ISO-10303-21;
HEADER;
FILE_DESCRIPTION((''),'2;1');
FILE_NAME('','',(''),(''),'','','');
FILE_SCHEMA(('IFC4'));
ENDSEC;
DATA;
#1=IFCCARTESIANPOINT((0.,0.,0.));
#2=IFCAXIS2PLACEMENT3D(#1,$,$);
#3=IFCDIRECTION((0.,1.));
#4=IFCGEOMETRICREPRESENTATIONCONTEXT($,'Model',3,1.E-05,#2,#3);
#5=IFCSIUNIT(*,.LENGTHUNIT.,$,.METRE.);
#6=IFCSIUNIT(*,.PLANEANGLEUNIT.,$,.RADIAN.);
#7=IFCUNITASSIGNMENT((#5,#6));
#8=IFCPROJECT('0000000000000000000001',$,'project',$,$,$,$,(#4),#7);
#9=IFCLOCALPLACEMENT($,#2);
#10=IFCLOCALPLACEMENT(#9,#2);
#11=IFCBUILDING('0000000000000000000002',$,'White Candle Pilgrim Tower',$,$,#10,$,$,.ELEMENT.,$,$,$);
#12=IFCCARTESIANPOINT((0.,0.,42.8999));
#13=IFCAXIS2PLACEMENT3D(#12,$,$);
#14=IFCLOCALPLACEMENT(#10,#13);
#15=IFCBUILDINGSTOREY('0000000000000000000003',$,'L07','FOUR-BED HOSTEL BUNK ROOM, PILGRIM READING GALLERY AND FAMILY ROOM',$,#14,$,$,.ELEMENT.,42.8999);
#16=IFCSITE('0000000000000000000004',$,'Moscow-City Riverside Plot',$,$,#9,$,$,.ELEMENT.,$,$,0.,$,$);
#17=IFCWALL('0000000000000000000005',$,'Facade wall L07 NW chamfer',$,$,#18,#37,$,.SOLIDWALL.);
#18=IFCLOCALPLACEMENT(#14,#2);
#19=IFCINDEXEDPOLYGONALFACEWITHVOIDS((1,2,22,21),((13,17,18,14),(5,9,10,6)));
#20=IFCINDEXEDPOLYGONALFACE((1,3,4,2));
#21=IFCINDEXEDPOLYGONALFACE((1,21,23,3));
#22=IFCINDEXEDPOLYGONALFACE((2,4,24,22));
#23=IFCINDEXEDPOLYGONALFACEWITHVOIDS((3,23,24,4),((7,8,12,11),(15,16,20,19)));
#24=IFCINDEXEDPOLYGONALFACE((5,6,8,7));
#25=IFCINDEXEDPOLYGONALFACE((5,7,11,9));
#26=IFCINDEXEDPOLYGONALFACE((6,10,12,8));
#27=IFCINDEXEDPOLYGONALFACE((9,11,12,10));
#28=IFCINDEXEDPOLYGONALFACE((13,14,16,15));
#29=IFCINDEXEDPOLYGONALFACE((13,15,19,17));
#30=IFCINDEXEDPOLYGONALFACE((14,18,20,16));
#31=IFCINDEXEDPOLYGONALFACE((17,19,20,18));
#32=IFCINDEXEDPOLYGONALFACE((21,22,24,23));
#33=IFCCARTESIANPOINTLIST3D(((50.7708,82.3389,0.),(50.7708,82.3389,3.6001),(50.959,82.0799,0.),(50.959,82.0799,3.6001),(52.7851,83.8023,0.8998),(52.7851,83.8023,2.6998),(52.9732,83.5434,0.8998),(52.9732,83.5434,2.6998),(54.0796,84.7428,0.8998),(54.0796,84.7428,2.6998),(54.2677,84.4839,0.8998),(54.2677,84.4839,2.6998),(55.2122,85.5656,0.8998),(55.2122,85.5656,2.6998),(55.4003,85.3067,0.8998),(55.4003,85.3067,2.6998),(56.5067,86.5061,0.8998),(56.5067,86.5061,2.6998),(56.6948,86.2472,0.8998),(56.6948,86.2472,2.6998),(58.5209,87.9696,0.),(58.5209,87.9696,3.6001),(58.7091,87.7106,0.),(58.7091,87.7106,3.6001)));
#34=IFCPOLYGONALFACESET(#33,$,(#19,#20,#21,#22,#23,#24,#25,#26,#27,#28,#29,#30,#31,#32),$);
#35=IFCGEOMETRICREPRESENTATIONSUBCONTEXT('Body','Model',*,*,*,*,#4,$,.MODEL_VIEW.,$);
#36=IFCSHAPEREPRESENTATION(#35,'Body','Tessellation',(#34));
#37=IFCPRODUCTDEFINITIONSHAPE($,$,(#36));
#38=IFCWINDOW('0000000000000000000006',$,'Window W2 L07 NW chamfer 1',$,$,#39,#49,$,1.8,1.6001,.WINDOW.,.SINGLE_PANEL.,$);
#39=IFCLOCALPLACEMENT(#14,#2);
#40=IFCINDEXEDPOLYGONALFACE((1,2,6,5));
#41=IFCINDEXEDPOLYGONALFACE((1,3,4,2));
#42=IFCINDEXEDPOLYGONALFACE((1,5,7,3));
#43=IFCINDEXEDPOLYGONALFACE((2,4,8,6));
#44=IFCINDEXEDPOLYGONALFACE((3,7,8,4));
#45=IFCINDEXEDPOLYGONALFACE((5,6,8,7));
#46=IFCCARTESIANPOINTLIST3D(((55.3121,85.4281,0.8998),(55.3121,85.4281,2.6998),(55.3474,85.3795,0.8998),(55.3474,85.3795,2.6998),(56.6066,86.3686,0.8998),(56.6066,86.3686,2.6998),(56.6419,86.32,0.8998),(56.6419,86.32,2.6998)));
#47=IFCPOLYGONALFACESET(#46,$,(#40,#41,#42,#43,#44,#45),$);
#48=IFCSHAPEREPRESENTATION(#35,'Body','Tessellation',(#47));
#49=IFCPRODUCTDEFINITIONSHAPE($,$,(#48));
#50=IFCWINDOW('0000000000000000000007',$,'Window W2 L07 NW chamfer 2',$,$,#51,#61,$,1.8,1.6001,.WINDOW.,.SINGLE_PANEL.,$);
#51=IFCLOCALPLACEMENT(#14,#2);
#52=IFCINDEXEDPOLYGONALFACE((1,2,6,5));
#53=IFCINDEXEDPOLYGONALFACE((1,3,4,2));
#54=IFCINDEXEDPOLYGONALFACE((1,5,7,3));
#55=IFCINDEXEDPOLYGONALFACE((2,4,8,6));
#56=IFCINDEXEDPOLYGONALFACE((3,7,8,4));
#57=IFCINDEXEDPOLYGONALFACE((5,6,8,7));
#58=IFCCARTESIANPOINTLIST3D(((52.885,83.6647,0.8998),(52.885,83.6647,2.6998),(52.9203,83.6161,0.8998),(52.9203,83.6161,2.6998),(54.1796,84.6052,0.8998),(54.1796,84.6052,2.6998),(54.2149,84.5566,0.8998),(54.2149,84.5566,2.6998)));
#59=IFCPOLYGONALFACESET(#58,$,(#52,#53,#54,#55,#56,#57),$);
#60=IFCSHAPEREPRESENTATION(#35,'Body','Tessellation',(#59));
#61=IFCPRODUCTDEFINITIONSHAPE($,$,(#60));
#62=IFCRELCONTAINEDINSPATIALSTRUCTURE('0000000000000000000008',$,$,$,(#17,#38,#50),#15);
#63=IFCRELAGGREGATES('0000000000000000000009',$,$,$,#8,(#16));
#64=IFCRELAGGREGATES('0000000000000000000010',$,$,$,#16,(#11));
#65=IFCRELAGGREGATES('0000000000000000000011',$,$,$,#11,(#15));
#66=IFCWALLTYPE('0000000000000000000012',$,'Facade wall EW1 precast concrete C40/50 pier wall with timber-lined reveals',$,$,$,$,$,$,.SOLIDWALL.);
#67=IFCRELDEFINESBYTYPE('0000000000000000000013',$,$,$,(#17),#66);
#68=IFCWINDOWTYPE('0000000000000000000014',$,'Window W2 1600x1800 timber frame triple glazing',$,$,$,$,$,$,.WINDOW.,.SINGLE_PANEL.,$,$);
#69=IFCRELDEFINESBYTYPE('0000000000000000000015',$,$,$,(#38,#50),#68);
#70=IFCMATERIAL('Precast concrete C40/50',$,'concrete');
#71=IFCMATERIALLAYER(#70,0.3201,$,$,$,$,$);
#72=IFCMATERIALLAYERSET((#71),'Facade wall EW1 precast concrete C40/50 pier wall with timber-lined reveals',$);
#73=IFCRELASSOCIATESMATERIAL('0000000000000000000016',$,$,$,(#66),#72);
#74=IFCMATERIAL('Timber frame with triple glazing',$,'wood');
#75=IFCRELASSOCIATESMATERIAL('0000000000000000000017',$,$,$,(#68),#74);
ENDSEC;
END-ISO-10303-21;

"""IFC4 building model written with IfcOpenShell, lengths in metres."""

from ifc_helpers import new_model, si_unit, direction, frame, frame_2d, origin, place, context, subcontext, project, spatial, rectangle, extrude, material, layer, layer_set, type_object, element, fill, save


model = new_model("IFC4")

# Units and contexts
model_context = context("Model", 3, precision=1e-05, world=origin(), true_north=direction((0.0, 1.0)))
body_context = subcontext(model_context, "Body", "Model", "MODEL_VIEW")
ifc_project = project(units=[si_unit("LENGTHUNIT", "METRE"), si_unit("PLANEANGLEUNIT", "RADIAN")], contexts=[model_context])

# Site, building, storey
site_placement = place(None, origin())
site = spatial("IfcSite", under=ifc_project, at=site_placement, Name="Moscow-City Riverside Plot", CompositionType="ELEMENT", RefElevation=0.0)
building_placement = place(site_placement, origin())
building = spatial("IfcBuilding", under=site, at=building_placement, Name="White Candle Pilgrim Tower", CompositionType="ELEMENT")
storey_placement = place(building_placement, frame((0.0, 0.0, 42.8999)))
storey = spatial("IfcBuildingStorey", under=building, at=storey_placement, Name="L07", Description="FOUR-BED HOSTEL BUNK ROOM, PILGRIM READING GALLERY AND FAMILY ROOM", CompositionType="ELEMENT", Elevation=42.8999)

# Wall, openings, windows
ifc_material_1 = material(Name="Precast concrete C40/50", Category="concrete")
ifc_layer_1 = layer(ifc_material_1, 0.3201)
ifc_layer_set_1 = layer_set([ifc_layer_1], Name="Facade wall EW1 precast concrete C40/50 pier wall with timber-lined reveals")
wall_type_1 = type_object("IfcWallType", Name="Facade wall EW1 precast concrete C40/50 pier wall with timber-lined reveals", PredefinedType="SOLIDWALL", material=ifc_layer_set_1)
wall_1_placement = place(storey_placement, frame((58.615, 87.8401, 0.0), z_axis=(0.0, 0.0, 1.0), x_axis=(-0.809021, -0.587779, 0.0)))
wall_1 = element("IfcWall", 1, at=wall_1_placement, inside=storey, type_object=wall_type_1, Name="Facade wall L07 NW chamfer", PredefinedType="SOLIDWALL", context=body_context, shape_type="SweptSolid", body=[
    extrude(rectangle(XDim=9.5796, YDim=0.3201, at=frame_2d((4.7898, 0.0))), origin(), (0.0, 0.0, 1.0), 3.6001),
])
opening_1_placement = place(wall_1_placement, frame((2.4897, 0.0, 0.8999)))
opening_1 = element("IfcOpeningElement", 2, at=opening_1_placement, cuts=wall_1, PredefinedType="OPENING", context=body_context, shape_type="SweptSolid", body=[
    extrude(rectangle(XDim=1.6001, YDim=1.8, at=frame_2d((0.8, 0.8999))), frame((0.0, 0.1699, 0.0), z_axis=(0.0, -1.0, 0.0), x_axis=(1.0, 0.0, 0.0)), (0.0, 0.0, 1.0), 0.3401),
])
opening_2_placement = place(wall_1_placement, frame((5.4897, 0.0, 0.8999)))
opening_2 = element("IfcOpeningElement", 3, at=opening_2_placement, cuts=wall_1, PredefinedType="OPENING", context=body_context, shape_type="SweptSolid", body=[
    extrude(rectangle(XDim=1.6001, YDim=1.8, at=frame_2d((0.8, 0.8999))), frame((0.0, 0.1699, 0.0), z_axis=(0.0, -1.0, 0.0), x_axis=(1.0, 0.0, 0.0)), (0.0, 0.0, 1.0), 0.3401),
])
ifc_material_2 = material(Name="Timber frame with triple glazing", Category="wood")
window_type_1 = type_object("IfcWindowType", Name="Window W2 1600x1800 timber frame triple glazing", PartitioningType="SINGLE_PANEL", PredefinedType="WINDOW", material=ifc_material_2)
window_1_placement = place(opening_1_placement, origin())
window_1 = element("IfcWindow", 4, at=window_1_placement, inside=storey, type_object=window_type_1, Name="Window W2 L07 NW chamfer 1", OverallHeight=1.8, OverallWidth=1.6001, PartitioningType="SINGLE_PANEL", PredefinedType="WINDOW", context=body_context, shape_type="SweptSolid", body=[
    extrude(rectangle(XDim=1.6001, YDim=1.8, at=frame_2d((0.8, 0.8999))), frame((0.0, 0.0701, 0.0), z_axis=(0.0, -1.0, 0.0), x_axis=(1.0, 0.0, 0.0)), (0.0, 0.0, 1.0), 0.0601),
])
fill(opening_1, window_1)
window_2_placement = place(opening_2_placement, origin())
window_2 = element("IfcWindow", 5, at=window_2_placement, inside=storey, type_object=window_type_1, Name="Window W2 L07 NW chamfer 2", OverallHeight=1.8, OverallWidth=1.6001, PartitioningType="SINGLE_PANEL", PredefinedType="WINDOW", context=body_context, shape_type="SweptSolid", body=[
    extrude(rectangle(XDim=1.6001, YDim=1.8, at=frame_2d((0.8, 0.8999))), frame((0.0, 0.0701, 0.0), z_axis=(0.0, -1.0, 0.0), x_axis=(1.0, 0.0, 0.0)), (0.0, 0.0, 1.0), 0.0601),
])
fill(opening_2, window_2)

save(model, "model.ifc")
